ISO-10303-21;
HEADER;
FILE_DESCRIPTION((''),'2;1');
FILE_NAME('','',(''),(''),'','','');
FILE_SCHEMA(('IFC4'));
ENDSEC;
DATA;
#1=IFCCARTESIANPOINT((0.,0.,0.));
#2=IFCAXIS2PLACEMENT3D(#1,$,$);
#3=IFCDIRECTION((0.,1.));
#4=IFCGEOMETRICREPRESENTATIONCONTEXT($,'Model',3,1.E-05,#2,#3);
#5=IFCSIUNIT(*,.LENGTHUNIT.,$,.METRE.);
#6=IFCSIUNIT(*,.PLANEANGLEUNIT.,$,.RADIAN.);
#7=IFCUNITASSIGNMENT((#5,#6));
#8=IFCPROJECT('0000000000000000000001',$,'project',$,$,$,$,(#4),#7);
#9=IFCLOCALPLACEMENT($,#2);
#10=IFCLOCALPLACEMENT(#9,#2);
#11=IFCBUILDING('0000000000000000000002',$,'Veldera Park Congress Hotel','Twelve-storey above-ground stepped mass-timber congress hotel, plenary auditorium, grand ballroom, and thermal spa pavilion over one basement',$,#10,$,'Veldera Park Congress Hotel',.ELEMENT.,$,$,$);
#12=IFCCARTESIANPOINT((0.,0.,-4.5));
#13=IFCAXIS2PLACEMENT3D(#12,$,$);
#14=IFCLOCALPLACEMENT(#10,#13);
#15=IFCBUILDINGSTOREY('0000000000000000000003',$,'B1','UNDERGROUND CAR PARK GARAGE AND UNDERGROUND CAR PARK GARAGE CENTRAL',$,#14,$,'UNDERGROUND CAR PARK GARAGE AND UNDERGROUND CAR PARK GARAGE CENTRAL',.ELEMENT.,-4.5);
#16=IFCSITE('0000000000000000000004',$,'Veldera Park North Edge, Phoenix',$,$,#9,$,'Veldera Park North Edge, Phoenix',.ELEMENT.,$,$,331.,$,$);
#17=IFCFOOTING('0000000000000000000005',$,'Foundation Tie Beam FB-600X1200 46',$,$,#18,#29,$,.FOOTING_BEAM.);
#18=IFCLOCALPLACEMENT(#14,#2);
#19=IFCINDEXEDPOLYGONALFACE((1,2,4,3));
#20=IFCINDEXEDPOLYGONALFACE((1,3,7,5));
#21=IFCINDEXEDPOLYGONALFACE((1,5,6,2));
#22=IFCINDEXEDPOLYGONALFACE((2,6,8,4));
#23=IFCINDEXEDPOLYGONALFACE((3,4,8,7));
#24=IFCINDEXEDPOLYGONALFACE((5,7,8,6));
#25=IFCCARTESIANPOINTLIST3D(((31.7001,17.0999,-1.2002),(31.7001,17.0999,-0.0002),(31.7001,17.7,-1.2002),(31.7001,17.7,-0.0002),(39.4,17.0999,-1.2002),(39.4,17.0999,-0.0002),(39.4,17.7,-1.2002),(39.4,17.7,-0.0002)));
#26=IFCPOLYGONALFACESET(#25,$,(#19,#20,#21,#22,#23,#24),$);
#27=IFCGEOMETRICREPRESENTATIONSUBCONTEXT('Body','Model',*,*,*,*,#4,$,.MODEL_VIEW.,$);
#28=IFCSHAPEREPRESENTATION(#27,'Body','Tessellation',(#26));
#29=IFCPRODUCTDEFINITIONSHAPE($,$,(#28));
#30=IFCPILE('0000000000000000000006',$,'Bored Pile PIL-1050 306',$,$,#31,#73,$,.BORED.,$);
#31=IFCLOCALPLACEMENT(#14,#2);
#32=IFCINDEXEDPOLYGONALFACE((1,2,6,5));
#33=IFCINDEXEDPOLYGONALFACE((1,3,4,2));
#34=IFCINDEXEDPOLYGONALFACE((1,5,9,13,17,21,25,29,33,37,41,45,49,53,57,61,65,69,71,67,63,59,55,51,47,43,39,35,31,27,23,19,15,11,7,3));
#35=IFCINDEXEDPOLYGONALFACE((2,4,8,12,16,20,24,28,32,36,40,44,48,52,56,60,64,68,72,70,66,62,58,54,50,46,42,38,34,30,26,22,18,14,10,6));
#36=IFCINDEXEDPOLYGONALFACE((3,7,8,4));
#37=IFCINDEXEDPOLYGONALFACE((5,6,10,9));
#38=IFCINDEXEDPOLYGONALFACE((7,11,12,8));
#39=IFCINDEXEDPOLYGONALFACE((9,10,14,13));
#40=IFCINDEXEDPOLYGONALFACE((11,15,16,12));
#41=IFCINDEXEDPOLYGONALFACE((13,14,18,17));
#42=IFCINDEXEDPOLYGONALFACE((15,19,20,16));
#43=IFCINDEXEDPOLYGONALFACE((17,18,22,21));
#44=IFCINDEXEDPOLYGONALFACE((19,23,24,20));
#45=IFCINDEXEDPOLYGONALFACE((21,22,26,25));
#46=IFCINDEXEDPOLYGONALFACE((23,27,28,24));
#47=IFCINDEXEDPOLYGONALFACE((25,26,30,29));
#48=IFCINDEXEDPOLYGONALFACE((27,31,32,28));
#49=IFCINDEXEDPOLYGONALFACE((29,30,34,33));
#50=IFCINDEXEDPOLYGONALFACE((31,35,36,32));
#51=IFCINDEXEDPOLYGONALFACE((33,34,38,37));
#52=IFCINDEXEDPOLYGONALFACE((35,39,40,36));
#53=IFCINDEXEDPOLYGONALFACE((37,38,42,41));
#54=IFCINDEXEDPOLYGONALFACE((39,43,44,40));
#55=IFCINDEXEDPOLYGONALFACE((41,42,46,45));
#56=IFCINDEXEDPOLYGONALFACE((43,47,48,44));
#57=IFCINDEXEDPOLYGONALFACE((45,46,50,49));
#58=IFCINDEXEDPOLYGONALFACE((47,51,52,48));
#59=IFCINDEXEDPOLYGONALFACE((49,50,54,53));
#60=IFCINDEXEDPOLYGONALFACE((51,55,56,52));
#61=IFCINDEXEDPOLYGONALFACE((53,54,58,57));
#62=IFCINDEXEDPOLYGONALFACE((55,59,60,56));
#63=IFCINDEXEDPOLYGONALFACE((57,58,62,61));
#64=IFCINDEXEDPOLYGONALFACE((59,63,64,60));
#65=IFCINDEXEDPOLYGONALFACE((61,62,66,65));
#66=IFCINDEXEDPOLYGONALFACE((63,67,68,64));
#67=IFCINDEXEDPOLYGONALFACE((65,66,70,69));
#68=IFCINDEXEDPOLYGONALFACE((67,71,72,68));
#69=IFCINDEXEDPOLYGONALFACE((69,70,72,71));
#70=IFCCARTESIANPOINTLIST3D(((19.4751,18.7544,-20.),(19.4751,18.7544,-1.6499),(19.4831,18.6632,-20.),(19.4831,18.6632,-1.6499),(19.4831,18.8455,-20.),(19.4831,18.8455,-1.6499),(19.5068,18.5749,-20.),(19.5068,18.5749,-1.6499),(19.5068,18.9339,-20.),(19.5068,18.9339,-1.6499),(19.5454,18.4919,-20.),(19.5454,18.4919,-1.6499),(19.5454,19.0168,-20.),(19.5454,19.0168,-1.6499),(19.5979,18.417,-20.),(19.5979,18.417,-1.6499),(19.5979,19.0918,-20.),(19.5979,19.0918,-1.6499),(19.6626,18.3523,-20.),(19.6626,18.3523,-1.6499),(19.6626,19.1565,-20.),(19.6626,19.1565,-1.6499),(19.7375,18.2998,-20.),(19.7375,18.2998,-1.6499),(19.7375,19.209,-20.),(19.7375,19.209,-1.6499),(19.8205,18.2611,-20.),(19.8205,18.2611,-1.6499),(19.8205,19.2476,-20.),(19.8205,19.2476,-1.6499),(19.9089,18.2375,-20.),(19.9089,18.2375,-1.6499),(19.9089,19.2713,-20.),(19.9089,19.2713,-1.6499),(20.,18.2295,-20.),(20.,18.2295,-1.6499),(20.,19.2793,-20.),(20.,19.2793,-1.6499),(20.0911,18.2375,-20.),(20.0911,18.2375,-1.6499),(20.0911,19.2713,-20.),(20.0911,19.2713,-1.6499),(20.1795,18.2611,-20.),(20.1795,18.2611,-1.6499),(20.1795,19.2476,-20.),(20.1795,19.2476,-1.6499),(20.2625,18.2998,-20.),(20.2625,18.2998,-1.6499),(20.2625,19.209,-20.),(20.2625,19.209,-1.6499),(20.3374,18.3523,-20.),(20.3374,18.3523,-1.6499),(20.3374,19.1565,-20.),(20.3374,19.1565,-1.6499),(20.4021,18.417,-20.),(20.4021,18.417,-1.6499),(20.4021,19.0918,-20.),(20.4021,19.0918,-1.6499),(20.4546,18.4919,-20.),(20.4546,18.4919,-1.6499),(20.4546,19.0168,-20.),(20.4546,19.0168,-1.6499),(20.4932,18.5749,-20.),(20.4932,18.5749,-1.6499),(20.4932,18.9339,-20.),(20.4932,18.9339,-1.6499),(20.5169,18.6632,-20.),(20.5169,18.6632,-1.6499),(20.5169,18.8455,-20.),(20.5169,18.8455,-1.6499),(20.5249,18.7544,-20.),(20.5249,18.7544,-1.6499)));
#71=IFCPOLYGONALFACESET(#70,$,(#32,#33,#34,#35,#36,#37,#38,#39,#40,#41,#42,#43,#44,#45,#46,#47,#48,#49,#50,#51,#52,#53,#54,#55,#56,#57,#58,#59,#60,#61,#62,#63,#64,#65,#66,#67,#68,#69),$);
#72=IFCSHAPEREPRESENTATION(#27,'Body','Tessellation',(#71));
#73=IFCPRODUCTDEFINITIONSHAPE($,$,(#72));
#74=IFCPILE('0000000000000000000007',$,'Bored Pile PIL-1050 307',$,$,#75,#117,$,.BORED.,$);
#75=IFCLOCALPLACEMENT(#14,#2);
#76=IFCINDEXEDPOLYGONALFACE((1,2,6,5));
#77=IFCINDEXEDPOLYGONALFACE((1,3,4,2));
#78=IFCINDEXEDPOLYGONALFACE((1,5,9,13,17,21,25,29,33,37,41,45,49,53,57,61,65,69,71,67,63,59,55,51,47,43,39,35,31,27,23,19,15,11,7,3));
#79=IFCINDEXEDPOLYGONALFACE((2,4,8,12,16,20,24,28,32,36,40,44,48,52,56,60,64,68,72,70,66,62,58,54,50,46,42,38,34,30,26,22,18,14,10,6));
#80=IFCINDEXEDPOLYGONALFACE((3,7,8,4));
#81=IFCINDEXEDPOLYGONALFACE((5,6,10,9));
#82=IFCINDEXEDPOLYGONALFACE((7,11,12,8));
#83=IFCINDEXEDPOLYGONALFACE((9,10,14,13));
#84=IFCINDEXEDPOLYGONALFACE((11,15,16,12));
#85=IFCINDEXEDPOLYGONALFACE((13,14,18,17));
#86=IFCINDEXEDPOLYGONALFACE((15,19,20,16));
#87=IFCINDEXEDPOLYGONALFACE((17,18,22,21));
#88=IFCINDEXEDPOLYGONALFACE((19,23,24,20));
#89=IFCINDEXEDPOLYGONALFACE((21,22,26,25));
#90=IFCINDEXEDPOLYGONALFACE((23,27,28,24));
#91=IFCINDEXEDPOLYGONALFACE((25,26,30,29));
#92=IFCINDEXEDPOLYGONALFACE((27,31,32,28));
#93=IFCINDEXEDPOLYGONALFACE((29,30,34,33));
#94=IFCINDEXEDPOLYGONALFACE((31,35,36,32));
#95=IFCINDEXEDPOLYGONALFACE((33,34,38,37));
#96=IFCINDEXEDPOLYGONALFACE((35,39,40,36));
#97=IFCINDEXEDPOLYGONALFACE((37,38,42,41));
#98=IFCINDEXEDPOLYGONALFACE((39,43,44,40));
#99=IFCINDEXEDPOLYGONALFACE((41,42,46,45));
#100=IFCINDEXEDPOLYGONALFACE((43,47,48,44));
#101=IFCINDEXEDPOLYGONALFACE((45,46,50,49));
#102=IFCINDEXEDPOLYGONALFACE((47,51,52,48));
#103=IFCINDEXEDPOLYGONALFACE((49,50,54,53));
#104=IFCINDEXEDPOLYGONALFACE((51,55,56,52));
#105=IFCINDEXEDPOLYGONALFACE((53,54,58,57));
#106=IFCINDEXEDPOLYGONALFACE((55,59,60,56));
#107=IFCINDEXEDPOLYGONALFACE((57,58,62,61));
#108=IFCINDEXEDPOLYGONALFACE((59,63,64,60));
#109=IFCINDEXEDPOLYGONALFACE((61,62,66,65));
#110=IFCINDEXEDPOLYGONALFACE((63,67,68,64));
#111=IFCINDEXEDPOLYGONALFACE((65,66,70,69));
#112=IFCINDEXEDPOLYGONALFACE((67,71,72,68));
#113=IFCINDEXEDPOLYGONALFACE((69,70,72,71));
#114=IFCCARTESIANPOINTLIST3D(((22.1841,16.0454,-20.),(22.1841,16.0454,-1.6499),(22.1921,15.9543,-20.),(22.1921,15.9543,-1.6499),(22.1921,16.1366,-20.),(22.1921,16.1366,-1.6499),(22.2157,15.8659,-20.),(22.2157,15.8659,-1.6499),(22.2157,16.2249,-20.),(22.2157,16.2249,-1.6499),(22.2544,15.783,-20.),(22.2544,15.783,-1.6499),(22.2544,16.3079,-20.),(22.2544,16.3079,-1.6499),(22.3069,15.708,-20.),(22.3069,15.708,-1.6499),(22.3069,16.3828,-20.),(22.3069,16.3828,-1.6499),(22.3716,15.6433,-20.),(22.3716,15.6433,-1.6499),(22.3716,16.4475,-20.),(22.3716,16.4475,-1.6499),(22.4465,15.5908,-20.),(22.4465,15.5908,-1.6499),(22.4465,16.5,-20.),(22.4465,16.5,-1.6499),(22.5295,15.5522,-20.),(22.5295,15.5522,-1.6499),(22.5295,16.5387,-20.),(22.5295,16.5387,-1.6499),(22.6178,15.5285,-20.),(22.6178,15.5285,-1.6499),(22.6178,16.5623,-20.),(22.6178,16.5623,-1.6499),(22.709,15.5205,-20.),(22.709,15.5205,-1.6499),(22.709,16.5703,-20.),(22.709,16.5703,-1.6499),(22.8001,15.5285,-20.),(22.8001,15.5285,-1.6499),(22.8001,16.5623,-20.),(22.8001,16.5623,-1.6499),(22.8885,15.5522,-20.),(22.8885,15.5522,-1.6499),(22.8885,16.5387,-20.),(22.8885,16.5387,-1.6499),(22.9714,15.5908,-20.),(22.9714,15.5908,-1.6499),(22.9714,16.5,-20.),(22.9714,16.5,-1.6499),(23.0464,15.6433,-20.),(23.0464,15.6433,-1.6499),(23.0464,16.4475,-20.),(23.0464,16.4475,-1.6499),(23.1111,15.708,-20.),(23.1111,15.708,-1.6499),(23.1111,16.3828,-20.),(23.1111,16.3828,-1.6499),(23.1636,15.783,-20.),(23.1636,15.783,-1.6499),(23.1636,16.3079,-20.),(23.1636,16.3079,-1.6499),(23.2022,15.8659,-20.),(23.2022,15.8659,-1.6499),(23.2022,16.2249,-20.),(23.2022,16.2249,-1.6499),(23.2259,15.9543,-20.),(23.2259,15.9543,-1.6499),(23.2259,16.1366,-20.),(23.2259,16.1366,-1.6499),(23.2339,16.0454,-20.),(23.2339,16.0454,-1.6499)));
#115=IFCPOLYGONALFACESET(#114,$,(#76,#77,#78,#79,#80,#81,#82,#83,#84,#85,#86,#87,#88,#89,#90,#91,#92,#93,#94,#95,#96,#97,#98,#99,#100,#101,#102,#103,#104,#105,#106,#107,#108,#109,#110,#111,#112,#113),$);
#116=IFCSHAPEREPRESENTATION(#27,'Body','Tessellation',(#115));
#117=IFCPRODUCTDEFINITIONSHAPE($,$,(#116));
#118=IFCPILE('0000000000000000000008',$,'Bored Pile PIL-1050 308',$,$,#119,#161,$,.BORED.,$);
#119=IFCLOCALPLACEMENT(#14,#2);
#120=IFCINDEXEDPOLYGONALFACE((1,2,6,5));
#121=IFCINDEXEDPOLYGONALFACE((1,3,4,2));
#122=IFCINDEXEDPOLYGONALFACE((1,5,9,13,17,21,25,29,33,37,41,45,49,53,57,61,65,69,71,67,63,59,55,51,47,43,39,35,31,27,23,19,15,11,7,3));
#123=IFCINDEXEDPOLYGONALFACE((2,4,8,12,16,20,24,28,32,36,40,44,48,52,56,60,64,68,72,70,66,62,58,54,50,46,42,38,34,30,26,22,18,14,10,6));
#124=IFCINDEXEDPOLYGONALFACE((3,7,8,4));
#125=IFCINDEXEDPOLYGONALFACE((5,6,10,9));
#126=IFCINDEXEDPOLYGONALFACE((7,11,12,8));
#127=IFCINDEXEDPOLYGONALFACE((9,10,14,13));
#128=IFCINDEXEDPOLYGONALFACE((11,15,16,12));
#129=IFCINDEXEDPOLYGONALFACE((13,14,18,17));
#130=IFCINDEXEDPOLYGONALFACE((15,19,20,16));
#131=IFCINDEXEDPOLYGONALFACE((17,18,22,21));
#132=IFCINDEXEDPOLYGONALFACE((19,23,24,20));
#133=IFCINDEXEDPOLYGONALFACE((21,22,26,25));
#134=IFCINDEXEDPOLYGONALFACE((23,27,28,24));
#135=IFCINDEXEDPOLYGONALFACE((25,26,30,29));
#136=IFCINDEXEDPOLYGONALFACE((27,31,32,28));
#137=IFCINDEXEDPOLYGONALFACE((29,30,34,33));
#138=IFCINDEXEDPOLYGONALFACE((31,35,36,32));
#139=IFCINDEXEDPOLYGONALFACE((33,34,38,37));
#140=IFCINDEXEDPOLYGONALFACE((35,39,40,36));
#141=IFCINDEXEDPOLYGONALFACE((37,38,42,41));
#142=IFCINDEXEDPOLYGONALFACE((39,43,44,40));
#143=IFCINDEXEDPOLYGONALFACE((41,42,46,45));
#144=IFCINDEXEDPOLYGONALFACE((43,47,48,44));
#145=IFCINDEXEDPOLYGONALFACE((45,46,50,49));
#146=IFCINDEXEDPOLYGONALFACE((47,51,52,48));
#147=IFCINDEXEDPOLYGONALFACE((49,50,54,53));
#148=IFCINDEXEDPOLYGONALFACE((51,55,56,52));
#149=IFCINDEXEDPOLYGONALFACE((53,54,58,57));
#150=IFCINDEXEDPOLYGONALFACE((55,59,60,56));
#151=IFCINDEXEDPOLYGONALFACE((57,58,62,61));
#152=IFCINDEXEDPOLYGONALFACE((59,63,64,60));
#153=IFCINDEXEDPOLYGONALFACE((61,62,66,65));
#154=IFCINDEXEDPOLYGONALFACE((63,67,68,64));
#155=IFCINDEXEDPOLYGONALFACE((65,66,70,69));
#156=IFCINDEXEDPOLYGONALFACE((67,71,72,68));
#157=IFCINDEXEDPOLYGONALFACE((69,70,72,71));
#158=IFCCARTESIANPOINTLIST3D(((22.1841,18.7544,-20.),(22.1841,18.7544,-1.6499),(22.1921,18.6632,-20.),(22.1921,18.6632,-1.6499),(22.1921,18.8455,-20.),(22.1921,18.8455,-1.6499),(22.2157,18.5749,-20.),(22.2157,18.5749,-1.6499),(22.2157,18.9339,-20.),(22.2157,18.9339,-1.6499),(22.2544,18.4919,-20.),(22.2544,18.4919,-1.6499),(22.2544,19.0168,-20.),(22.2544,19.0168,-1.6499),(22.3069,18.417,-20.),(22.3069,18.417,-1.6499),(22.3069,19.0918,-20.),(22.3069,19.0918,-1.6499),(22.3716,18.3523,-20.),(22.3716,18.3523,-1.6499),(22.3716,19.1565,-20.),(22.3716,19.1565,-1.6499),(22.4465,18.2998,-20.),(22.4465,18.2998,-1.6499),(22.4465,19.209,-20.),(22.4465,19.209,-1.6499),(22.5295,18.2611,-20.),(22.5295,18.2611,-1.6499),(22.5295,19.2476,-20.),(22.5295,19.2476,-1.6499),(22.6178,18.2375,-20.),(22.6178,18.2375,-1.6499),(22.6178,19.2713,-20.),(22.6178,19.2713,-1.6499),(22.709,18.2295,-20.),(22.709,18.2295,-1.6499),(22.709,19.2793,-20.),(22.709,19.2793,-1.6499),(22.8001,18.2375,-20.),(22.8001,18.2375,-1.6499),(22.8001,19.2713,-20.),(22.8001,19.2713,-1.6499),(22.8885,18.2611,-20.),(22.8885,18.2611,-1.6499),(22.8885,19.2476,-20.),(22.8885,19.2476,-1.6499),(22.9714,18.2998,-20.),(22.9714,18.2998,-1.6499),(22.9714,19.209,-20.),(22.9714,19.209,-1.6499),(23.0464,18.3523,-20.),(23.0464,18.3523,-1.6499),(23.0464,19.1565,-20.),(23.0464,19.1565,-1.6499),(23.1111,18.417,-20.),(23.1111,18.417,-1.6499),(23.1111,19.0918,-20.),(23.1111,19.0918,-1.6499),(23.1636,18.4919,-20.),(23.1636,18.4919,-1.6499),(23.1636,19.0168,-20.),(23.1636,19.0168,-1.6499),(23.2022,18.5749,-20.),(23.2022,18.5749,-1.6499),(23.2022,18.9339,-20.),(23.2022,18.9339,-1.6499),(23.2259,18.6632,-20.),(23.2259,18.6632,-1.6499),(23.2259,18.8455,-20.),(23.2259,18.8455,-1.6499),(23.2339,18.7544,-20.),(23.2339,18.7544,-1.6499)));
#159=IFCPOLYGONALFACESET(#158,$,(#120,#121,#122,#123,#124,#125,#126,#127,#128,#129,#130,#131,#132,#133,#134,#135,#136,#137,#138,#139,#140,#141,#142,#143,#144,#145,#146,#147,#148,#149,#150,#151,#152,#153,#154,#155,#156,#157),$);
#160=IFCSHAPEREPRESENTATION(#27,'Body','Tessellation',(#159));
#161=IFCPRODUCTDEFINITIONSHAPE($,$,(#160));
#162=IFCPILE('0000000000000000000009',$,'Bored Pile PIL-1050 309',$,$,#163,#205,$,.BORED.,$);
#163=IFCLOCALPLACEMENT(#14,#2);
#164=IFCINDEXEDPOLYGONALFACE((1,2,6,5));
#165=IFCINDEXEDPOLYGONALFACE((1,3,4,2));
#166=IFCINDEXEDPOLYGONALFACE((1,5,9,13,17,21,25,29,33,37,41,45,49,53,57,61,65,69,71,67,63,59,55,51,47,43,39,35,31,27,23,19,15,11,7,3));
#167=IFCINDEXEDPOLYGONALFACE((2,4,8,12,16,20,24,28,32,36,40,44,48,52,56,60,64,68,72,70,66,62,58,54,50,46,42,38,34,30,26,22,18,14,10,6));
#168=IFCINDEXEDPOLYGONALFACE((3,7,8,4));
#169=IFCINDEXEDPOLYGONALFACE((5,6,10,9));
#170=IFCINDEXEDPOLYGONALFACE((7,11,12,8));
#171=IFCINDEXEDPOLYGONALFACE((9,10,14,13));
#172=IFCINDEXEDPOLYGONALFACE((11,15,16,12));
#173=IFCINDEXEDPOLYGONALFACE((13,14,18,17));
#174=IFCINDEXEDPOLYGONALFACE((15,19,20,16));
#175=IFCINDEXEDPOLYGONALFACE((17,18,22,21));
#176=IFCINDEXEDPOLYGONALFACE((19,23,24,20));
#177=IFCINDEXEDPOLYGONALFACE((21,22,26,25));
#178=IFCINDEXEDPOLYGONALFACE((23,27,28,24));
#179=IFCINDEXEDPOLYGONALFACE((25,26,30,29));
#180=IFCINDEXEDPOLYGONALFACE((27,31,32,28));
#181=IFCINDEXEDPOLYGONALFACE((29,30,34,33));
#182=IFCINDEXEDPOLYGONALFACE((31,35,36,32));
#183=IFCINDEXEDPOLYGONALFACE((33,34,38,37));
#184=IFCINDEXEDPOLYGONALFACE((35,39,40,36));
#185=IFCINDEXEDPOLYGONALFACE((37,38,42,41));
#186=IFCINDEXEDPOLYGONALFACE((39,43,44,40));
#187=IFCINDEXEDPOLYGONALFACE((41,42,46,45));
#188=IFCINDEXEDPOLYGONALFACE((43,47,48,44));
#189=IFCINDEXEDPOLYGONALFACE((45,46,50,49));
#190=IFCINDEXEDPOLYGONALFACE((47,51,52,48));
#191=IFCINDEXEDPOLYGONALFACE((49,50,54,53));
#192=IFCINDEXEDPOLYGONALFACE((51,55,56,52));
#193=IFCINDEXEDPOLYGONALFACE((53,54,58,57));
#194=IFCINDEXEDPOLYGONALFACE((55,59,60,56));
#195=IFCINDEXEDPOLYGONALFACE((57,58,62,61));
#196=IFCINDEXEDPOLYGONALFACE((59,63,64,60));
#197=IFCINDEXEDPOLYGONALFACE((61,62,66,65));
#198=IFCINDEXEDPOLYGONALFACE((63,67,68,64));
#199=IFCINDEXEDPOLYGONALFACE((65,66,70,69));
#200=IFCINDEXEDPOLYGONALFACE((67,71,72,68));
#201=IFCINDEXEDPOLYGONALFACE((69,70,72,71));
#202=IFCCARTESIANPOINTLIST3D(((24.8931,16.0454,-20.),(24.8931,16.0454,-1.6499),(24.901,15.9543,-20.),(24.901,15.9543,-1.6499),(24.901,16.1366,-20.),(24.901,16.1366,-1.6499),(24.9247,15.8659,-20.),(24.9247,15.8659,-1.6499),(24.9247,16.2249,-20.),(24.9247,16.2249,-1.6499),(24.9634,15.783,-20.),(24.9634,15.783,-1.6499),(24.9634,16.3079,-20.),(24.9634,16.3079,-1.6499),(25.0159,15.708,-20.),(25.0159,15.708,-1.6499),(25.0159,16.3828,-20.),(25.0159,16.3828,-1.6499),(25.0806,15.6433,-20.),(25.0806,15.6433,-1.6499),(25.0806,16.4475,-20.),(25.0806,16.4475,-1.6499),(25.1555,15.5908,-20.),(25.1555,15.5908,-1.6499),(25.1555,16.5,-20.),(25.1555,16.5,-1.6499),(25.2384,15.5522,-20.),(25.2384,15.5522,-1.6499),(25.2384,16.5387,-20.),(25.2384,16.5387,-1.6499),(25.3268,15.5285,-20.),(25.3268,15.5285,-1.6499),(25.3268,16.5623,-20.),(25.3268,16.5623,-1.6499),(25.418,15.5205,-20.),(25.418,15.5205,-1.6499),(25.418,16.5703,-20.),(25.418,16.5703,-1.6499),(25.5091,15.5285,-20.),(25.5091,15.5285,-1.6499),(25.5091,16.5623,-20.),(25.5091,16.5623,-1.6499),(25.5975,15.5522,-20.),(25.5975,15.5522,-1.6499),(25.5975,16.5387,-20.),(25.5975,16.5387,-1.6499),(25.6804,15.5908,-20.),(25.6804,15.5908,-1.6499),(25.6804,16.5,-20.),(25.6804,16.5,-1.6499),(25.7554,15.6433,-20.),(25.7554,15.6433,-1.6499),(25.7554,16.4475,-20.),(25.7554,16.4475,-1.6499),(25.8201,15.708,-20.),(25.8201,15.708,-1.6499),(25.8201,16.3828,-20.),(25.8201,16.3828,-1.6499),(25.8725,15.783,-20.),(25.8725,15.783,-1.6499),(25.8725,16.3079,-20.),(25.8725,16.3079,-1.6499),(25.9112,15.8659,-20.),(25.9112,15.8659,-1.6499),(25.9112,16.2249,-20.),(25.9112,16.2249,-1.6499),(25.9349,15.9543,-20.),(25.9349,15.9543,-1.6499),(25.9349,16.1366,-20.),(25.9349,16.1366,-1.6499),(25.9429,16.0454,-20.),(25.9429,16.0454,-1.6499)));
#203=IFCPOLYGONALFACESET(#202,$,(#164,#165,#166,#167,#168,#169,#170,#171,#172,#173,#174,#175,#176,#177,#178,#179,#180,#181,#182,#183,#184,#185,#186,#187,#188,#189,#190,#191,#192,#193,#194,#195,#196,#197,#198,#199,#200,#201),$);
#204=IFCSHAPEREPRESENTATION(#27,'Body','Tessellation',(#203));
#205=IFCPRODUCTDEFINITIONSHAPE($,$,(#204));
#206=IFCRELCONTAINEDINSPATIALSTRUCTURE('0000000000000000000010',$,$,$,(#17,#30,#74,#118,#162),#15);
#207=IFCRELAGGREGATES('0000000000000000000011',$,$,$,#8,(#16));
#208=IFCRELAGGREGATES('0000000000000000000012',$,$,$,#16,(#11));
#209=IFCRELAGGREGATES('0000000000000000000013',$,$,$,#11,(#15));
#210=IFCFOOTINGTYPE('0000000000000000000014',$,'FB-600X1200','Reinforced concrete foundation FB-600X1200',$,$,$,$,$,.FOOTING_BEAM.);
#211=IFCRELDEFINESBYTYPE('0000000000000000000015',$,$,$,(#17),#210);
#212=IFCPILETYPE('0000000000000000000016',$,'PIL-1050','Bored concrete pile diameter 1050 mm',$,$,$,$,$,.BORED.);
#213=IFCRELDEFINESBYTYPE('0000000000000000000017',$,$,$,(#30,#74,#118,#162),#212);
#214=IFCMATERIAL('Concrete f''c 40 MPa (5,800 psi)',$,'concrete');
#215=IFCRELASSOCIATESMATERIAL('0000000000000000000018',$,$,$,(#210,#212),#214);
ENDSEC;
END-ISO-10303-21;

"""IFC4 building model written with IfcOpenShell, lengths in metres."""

from ifc_helpers import new_model, si_unit, direction, frame, origin, origin_2d, place, context, subcontext, project, spatial, rectangle, circle, extrude, material, material_profile, profile_set, type_object, element, save


model = new_model("IFC4")

# Units and contexts
model_context = context("Model", 3, precision=1e-05, world=origin(), true_north=direction((0.0, 1.0)))
body_context = subcontext(model_context, "Body", "Model", "MODEL_VIEW")
ifc_project = project(units=[si_unit("LENGTHUNIT", "METRE"), si_unit("PLANEANGLEUNIT", "RADIAN")], contexts=[model_context])

# Site, building, storey
site_placement = place(None, origin())
site = spatial("IfcSite", under=ifc_project, at=site_placement, Name="Veldera Park North Edge, Phoenix", LongName="Veldera Park North Edge, Phoenix", CompositionType="ELEMENT", RefElevation=331.0)
building_placement = place(site_placement, origin())
building = spatial("IfcBuilding", under=site, at=building_placement, Name="Veldera Park Congress Hotel", Description="Twelve-storey above-ground stepped mass-timber congress hotel, plenary auditorium, grand ballroom, and thermal spa pavilion over one basement", LongName="Veldera Park Congress Hotel", CompositionType="ELEMENT")
storey_placement = place(building_placement, frame((0.0, 0.0, -4.5)))
storey = spatial("IfcBuildingStorey", under=building, at=storey_placement, Name="B1", Description="UNDERGROUND CAR PARK GARAGE AND UNDERGROUND CAR PARK GARAGE CENTRAL", LongName="UNDERGROUND CAR PARK GARAGE AND UNDERGROUND CAR PARK GARAGE CENTRAL", CompositionType="ELEMENT", Elevation=-4.5)

# Footing
ifc_material_1 = material(Name="Concrete f'c 40 MPa (5,800 psi)", Category="concrete")
footing_type = type_object("IfcFootingType", Name="FB-600X1200", Description="Reinforced concrete foundation FB-600X1200", PredefinedType="FOOTING_BEAM", material=ifc_material_1)
footing_placement = place(storey_placement, frame((35.55, 17.3999, -1.2002), z_axis=(0.0, 0.0, 1.0), x_axis=(1.0, 0.0, 0.0)))
element("IfcFooting", 1, at=footing_placement, inside=storey, type_object=footing_type, Name="Foundation Tie Beam FB-600X1200 46", PredefinedType="FOOTING_BEAM", context=body_context, shape_type="SweptSolid", body=[
    extrude(rectangle(XDim=7.7, YDim=0.6001, at=origin_2d()), origin(), (0.0, 0.0, 1.0), 1.2),
])

# Piles
ifc_material_profile_1 = material_profile(ifc_material_1, circle(Radius=0.5249, at=origin_2d()), Name="PILE D1050")
ifc_profile_set_1 = profile_set([ifc_material_profile_1], Name="Concrete f'c 40 MPa (5,800 psi)")
pile_type = type_object("IfcPileType", Name="PIL-1050", Description="Bored concrete pile diameter 1050 mm", PredefinedType="BORED", material=ifc_profile_set_1)
for number, where, z_axis, x_axis, name in (
    (2, (20.0, 18.7544, -1.6499), (0.0, 0.0, -1.0), (1.0, 0.0, 0.0), "Bored Pile PIL-1050 306"),
    (3, (22.709, 16.0454, -1.6499), (0.0, 0.0, -1.0), (1.0, 0.0, 0.0), "Bored Pile PIL-1050 307"),
    (4, (22.709, 18.7544, -1.6499), (0.0, 0.0, -1.0), (1.0, 0.0, 0.0), "Bored Pile PIL-1050 308"),
    (5, (25.418, 16.0454, -1.6499), (0.0, 0.0, -1.0), (1.0, 0.0, 0.0), "Bored Pile PIL-1050 309"),
):
    element("IfcPile", number, at=place(storey_placement, frame(where, z_axis=z_axis, x_axis=x_axis)), inside=storey, type_object=pile_type, Name=name, PredefinedType="BORED", context=body_context, shape_type="SweptSolid", body=[
        extrude(circle(Radius=0.5249, at=origin_2d()), origin(), (0.0, 0.0, 1.0), 18.3501),
    ])

save(model, "model.ifc")
